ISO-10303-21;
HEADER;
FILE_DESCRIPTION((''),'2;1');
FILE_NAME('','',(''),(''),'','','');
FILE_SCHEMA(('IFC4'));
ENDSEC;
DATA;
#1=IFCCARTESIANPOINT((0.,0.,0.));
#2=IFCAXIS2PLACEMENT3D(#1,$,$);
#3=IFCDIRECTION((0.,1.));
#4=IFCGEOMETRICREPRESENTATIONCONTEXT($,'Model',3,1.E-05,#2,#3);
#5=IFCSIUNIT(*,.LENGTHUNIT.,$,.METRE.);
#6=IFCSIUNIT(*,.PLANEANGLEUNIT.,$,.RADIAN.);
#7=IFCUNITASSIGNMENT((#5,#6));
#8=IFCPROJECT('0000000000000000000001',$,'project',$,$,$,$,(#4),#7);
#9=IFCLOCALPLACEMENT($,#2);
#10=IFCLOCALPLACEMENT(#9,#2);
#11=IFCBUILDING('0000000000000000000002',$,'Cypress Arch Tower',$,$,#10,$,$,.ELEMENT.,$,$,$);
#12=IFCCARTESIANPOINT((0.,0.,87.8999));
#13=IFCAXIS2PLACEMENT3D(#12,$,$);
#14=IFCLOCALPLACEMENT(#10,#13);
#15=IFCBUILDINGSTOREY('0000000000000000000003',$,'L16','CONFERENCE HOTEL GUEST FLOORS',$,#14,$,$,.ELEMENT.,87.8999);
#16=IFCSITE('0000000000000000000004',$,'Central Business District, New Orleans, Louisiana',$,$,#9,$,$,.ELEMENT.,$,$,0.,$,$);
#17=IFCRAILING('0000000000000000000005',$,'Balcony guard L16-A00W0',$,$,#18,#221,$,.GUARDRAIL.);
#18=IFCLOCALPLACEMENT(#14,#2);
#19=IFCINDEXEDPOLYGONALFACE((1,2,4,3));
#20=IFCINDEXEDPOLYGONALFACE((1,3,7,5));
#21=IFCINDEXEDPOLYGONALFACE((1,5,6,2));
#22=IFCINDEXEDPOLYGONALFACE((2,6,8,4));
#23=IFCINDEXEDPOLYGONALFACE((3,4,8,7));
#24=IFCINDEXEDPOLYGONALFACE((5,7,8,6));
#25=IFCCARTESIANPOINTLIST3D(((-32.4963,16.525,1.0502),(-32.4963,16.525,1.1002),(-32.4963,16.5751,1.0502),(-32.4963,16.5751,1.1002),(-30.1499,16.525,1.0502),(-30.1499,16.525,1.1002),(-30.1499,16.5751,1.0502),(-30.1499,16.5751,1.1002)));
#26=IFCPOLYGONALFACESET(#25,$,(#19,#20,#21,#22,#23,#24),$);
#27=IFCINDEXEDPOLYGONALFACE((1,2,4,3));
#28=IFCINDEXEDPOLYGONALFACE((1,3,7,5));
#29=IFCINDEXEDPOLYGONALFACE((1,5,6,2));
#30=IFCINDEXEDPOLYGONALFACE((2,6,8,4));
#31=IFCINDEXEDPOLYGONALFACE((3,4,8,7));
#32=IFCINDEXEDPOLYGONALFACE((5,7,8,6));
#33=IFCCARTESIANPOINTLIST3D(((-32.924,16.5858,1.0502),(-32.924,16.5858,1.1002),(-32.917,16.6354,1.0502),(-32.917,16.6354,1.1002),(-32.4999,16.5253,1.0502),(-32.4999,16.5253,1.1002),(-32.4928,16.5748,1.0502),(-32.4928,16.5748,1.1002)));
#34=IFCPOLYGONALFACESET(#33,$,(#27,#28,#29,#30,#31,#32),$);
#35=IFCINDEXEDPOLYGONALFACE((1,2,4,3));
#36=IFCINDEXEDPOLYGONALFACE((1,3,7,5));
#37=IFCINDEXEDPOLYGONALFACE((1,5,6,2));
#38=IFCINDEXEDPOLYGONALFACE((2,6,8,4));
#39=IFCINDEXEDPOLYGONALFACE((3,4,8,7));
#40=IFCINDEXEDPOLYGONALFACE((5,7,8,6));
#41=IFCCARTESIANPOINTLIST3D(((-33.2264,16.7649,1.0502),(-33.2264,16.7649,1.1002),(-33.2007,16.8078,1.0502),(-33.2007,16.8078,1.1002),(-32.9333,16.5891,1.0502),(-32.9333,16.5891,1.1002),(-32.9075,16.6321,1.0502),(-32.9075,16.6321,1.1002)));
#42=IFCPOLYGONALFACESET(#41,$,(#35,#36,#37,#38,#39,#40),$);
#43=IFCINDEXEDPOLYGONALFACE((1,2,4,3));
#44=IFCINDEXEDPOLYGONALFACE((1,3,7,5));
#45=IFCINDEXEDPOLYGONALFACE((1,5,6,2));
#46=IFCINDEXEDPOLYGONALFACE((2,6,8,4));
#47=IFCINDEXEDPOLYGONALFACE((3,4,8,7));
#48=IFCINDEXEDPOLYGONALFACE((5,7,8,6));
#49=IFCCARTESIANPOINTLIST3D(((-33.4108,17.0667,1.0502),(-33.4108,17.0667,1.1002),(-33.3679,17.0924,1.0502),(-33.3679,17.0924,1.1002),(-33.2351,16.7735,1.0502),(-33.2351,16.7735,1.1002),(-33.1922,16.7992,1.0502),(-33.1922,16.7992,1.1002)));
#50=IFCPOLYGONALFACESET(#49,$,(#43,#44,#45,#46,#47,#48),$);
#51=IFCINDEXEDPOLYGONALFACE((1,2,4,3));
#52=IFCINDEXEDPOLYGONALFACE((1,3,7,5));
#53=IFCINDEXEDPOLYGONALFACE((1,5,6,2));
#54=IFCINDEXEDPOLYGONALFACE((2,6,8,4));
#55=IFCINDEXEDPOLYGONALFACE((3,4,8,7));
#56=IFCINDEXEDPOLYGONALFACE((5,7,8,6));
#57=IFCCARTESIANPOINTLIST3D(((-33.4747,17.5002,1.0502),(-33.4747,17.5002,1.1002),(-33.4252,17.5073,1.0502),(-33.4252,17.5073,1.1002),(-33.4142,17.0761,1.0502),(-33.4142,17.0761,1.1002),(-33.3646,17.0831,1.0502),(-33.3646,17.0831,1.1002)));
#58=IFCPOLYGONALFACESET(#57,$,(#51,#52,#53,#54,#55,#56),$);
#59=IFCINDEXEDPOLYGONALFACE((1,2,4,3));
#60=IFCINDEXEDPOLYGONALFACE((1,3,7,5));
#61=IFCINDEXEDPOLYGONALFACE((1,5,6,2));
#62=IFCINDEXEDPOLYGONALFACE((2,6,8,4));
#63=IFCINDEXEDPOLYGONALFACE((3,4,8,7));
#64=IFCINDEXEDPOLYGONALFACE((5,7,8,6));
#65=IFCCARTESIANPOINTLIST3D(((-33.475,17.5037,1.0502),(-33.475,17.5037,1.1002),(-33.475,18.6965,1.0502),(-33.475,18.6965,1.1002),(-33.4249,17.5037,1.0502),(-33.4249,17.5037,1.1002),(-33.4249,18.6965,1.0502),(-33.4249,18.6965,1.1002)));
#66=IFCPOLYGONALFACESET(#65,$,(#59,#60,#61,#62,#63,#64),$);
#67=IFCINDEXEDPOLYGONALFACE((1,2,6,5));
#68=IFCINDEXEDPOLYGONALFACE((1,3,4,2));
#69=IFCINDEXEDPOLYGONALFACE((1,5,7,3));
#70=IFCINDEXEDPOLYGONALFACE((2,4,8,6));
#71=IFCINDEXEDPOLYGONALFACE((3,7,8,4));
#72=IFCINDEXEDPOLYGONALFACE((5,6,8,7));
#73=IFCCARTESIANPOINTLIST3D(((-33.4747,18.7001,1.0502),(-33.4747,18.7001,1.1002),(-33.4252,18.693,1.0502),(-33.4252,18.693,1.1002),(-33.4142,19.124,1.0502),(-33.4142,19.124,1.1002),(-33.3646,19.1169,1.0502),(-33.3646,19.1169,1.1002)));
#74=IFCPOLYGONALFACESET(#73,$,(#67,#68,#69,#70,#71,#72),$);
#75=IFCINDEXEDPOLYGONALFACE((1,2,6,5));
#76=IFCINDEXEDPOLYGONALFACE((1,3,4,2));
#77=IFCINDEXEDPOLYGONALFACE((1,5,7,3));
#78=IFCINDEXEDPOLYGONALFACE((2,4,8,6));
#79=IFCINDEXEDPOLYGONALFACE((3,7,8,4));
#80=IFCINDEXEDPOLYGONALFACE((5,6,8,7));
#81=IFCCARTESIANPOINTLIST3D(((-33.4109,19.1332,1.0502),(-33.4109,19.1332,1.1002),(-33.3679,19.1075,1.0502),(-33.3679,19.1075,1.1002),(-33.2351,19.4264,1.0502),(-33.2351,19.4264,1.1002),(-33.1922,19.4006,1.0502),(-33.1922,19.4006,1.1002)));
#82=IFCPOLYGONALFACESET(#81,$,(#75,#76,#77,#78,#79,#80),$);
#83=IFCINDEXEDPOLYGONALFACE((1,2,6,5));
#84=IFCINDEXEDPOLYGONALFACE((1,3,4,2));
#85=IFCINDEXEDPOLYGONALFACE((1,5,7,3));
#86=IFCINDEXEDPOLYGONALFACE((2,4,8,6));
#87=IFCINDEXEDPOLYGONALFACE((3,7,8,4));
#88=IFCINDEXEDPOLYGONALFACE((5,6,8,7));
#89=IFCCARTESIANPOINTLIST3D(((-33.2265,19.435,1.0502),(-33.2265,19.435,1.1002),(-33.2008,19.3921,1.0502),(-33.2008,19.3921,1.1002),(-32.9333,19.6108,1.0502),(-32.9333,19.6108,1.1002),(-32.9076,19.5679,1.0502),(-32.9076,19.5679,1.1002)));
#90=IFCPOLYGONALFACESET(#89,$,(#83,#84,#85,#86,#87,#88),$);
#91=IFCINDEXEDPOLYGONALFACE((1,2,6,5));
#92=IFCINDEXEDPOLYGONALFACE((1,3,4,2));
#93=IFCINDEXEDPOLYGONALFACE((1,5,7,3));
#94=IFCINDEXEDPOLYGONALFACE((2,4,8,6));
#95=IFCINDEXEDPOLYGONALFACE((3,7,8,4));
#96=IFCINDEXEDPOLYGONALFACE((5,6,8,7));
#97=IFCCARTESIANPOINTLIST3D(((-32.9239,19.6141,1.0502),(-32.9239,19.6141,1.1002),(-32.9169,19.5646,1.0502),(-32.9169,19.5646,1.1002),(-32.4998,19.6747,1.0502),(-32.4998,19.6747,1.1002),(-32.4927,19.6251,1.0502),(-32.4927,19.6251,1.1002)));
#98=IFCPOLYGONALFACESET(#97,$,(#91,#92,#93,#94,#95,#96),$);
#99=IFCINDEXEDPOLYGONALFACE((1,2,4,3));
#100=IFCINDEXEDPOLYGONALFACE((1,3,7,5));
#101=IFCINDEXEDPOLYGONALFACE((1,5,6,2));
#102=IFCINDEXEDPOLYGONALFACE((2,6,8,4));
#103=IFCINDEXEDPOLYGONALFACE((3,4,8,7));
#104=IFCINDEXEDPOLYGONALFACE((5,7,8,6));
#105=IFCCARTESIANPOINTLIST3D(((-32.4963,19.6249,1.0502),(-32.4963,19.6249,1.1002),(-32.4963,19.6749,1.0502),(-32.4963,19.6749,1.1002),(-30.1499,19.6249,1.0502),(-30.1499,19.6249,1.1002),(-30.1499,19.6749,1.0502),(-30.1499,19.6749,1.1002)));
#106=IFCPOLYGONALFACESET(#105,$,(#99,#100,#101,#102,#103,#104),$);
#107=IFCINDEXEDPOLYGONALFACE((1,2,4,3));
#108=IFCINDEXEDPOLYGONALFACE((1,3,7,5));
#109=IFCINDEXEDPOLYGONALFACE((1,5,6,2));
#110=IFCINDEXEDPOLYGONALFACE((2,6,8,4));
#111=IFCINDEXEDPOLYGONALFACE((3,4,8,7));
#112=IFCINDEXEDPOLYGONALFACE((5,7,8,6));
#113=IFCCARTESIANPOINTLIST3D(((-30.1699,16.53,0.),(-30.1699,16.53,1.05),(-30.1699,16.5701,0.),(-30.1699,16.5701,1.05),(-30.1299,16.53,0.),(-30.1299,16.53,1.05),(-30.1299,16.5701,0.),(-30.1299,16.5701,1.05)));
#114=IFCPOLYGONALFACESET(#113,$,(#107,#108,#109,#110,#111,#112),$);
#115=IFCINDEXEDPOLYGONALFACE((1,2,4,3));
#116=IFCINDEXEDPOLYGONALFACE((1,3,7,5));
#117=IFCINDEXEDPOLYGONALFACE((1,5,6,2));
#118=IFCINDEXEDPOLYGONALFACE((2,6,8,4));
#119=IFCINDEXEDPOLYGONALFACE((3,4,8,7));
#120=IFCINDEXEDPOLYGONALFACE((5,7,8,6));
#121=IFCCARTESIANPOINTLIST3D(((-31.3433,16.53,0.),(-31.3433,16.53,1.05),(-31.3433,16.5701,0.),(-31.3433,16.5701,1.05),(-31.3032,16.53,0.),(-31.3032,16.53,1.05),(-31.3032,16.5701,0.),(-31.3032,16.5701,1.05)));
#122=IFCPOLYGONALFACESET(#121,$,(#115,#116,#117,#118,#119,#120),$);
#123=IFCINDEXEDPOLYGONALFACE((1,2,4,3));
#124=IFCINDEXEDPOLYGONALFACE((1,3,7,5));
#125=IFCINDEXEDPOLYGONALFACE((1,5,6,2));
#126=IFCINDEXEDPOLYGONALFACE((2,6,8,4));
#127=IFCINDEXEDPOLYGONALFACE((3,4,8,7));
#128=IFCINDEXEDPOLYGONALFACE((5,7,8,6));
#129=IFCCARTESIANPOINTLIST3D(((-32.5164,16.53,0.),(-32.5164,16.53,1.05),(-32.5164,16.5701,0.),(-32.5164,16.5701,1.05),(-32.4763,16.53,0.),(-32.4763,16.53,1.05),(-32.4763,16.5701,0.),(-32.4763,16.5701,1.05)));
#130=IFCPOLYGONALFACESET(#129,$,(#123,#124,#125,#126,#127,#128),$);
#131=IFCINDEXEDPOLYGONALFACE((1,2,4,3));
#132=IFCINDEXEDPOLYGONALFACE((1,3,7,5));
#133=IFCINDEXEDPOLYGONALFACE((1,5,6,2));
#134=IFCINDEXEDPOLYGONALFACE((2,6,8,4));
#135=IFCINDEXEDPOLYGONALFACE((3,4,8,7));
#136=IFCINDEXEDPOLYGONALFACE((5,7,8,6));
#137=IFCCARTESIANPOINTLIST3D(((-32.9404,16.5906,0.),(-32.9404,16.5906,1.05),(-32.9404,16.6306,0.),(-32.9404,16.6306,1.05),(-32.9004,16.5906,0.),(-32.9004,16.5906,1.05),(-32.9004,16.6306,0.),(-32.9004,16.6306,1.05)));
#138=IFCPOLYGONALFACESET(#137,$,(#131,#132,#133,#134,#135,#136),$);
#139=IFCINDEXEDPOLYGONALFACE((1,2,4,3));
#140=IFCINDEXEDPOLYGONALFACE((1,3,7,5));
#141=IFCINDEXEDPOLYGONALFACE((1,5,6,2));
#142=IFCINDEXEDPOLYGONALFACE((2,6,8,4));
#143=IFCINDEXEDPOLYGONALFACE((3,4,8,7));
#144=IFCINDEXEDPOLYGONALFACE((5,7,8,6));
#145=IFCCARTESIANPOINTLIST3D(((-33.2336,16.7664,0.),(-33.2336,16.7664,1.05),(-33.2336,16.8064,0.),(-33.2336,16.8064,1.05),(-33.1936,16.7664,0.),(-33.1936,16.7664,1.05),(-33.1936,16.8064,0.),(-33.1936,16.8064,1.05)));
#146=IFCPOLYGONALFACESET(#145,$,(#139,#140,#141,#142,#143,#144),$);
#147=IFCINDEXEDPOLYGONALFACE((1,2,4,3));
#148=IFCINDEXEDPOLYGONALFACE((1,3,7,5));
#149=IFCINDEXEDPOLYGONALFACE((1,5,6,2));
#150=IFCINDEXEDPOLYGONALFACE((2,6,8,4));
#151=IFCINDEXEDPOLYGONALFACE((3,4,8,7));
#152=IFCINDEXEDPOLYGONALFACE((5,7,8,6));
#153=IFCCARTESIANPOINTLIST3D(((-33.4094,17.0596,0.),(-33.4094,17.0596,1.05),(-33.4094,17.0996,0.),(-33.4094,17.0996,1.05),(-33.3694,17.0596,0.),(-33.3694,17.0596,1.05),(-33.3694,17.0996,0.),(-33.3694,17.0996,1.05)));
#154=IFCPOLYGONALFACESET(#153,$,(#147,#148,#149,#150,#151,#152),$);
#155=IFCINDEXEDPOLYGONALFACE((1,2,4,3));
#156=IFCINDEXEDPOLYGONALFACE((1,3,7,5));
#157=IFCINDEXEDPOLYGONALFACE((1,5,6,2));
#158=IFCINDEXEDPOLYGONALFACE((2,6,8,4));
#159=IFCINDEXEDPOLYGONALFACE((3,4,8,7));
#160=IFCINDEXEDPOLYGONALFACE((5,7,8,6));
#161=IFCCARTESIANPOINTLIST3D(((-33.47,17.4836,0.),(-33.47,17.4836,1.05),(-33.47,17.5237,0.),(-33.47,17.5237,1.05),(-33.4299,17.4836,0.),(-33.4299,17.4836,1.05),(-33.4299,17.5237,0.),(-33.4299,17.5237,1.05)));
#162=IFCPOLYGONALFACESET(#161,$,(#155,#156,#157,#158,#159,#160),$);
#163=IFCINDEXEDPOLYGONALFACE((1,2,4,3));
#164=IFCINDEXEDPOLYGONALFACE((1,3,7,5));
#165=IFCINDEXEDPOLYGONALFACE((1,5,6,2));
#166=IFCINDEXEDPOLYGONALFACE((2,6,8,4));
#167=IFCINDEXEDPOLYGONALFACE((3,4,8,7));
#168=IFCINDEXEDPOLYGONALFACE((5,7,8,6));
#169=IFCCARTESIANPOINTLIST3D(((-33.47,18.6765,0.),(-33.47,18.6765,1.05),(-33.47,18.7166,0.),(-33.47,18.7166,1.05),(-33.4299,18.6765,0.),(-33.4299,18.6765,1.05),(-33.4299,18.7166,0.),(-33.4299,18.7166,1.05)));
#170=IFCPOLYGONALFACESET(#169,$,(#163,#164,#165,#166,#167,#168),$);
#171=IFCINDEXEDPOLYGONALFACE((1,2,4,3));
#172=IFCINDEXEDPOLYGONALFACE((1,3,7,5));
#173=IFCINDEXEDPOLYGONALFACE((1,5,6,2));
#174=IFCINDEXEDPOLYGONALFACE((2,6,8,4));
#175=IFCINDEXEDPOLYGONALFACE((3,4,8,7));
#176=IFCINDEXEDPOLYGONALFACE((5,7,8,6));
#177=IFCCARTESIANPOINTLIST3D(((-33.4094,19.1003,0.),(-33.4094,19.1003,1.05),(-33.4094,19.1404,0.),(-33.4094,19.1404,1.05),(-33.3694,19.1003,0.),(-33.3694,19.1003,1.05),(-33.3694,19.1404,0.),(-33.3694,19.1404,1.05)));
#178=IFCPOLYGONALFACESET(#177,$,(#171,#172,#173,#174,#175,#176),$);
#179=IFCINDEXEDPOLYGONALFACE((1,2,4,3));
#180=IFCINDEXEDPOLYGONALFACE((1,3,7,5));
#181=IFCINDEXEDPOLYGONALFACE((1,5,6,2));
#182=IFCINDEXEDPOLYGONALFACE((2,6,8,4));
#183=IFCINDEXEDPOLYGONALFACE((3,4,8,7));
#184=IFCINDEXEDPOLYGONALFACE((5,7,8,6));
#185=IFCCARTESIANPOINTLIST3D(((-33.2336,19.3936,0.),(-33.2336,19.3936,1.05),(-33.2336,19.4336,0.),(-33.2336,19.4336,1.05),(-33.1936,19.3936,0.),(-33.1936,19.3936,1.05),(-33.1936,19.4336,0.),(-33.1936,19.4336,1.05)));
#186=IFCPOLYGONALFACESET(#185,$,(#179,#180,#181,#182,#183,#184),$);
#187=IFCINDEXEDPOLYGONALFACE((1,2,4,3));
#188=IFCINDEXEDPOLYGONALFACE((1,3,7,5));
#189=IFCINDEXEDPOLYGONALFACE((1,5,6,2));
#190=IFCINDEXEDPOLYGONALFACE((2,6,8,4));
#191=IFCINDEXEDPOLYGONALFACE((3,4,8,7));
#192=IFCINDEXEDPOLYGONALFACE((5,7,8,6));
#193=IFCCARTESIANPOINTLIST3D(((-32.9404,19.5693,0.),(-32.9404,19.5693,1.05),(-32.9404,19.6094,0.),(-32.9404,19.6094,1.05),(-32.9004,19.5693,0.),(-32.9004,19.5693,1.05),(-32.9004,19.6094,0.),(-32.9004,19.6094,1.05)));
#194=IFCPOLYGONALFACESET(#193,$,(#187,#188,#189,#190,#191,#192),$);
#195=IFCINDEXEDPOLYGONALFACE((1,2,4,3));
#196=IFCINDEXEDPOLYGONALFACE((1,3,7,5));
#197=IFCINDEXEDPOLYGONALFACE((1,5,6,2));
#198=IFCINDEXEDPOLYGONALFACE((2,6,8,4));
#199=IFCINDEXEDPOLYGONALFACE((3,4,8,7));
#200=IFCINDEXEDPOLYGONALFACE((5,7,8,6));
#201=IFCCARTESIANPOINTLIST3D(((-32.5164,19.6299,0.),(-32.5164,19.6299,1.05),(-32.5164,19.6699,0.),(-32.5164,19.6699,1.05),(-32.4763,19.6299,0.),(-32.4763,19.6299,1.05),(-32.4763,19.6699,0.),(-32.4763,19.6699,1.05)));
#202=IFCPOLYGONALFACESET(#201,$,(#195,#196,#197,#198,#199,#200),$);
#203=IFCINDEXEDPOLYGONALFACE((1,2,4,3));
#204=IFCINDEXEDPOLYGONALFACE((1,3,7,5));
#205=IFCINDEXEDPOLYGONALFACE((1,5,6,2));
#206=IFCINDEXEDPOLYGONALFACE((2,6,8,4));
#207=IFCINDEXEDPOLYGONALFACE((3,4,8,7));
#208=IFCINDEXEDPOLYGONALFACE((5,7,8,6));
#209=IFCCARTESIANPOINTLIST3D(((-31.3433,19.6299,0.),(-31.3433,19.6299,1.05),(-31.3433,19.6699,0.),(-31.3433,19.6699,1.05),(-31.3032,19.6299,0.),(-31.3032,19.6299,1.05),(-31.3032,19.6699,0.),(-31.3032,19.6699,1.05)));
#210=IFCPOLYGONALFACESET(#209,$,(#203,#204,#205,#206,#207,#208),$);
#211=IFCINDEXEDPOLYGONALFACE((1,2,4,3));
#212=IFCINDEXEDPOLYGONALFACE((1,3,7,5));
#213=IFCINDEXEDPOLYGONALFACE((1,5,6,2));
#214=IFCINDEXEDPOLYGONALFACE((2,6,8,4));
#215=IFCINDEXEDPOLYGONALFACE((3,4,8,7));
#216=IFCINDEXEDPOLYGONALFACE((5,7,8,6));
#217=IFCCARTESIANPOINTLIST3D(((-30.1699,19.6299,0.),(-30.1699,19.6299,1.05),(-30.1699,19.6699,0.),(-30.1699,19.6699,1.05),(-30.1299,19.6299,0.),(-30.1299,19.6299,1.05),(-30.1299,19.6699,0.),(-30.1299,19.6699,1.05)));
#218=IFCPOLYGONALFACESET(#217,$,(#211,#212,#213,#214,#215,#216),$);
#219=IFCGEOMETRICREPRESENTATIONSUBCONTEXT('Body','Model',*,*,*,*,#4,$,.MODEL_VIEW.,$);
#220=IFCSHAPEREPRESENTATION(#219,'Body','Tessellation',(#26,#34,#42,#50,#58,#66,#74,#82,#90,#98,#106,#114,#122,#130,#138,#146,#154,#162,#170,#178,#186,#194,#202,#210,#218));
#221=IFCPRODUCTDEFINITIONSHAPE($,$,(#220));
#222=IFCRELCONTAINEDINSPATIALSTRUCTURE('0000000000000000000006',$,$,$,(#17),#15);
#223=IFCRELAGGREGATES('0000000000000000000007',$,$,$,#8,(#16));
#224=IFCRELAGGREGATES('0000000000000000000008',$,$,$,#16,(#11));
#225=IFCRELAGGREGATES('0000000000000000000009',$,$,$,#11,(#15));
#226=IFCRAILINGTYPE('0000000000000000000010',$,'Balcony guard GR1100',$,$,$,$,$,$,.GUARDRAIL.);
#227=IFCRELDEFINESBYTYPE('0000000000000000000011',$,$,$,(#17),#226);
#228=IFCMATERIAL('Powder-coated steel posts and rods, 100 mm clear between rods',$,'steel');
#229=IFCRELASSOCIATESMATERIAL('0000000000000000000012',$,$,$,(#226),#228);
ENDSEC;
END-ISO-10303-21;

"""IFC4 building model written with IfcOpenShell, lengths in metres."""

from ifc_helpers import new_model, si_unit, direction, frame, origin, origin_2d, place, context, subcontext, project, spatial, rectangle, extrude, material, type_object, element, save


model = new_model("IFC4")

# Units and contexts
model_context = context("Model", 3, precision=1e-05, world=origin(), true_north=direction((0.0, 1.0)))
body_context = subcontext(model_context, "Body", "Model", "MODEL_VIEW")
ifc_project = project(units=[si_unit("LENGTHUNIT", "METRE"), si_unit("PLANEANGLEUNIT", "RADIAN")], contexts=[model_context])

# Site, building, storey
site_placement = place(None, origin())
site = spatial("IfcSite", under=ifc_project, at=site_placement, Name="Central Business District, New Orleans, Louisiana", CompositionType="ELEMENT", RefElevation=0.0)
building_placement = place(site_placement, origin())
building = spatial("IfcBuilding", under=site, at=building_placement, Name="Cypress Arch Tower", CompositionType="ELEMENT")
storey_placement = place(building_placement, frame((0.0, 0.0, 87.8999)))
storey = spatial("IfcBuildingStorey", under=building, at=storey_placement, Name="L16", Description="CONFERENCE HOTEL GUEST FLOORS", CompositionType="ELEMENT", Elevation=87.8999)

# Railing
ifc_material_1 = material(Name="Powder-coated steel posts and rods, 100 mm clear between rods", Category="steel")
railing_type_1 = type_object("IfcRailingType", Name="Balcony guard GR1100", PredefinedType="GUARDRAIL", material=ifc_material_1)
railing_1_placement = place(storey_placement, frame((-30.1499, 16.55, 0.0)))
element("IfcRailing", 1, at=railing_1_placement, inside=storey, type_object=railing_type_1, Name="Balcony guard L16-A00W0", PredefinedType="GUARDRAIL", context=body_context, shape_type="SweptSolid", body=[
    extrude(rectangle(XDim=0.05, YDim=0.05, at=origin_2d()), frame((0.0, 0.0, 1.0752), z_axis=(-1.0, 0.0, 0.0), x_axis=(0.0, -1.0, 0.0)), (0.0, 0.0, 1.0), 2.3464),
    extrude(rectangle(XDim=0.05, YDim=0.05, at=origin_2d()), frame((-2.3464, 0.0, 1.0752), z_axis=(-0.989961, 0.141342, 0.0), x_axis=(-0.141342, -0.989961, 0.0)), (0.0, 0.0, 1.0), 0.4285),
    extrude(rectangle(XDim=0.05, YDim=0.05, at=origin_2d()), frame((-2.7705, 0.0605, 1.0752), z_axis=(-0.857682, 0.514181, 0.0), x_axis=(-0.514181, -0.857682, 0.0)), (0.0, 0.0, 1.0), 0.3418),
    extrude(rectangle(XDim=0.05, YDim=0.05, at=origin_2d()), frame((-3.0637, 0.2363, 1.0752), z_axis=(-0.514181, 0.857682, 0.0), x_axis=(-0.857682, -0.514181, 0.0)), (0.0, 0.0, 1.0), 0.3418),
    extrude(rectangle(XDim=0.05, YDim=0.05, at=origin_2d()), frame((-3.2395, 0.5295, 1.0752), z_axis=(-0.141342, 0.989961, 0.0), x_axis=(-0.989961, -0.141342, 0.0)), (0.0, 0.0, 1.0), 0.4285),
    extrude(rectangle(XDim=0.05, YDim=0.05, at=origin_2d()), frame((-3.3, 0.9536, 1.0752), z_axis=(0.0, 1.0, 0.0), x_axis=(-1.0, 0.0, 0.0)), (0.0, 0.0, 1.0), 1.1929),
    extrude(rectangle(XDim=0.05, YDim=0.05, at=origin_2d()), frame((-3.3, 2.1465, 1.0752), z_axis=(0.141421, 0.989949, 0.0), x_axis=(-0.989949, 0.141421, 0.0)), (0.0, 0.0, 1.0), 0.4282),
    extrude(rectangle(XDim=0.05, YDim=0.05, at=origin_2d()), frame((-3.2395, 2.5703, 1.0752), z_axis=(0.514181, 0.857682, 0.0), x_axis=(-0.857682, 0.514181, 0.0)), (0.0, 0.0, 1.0), 0.3418),
    extrude(rectangle(XDim=0.05, YDim=0.05, at=origin_2d()), frame((-3.0637, 2.8635, 1.0752), z_axis=(0.857682, 0.514181, 0.0), x_axis=(-0.514181, 0.857682, 0.0)), (0.0, 0.0, 1.0), 0.3418),
    extrude(rectangle(XDim=0.05, YDim=0.05, at=origin_2d()), frame((-2.7705, 3.0393, 1.0752), z_axis=(0.989961, 0.141342, 0.0), x_axis=(-0.141342, 0.989961, 0.0)), (0.0, 0.0, 1.0), 0.4285),
    extrude(rectangle(XDim=0.05, YDim=0.05, at=origin_2d()), frame((-2.3464, 3.0999, 1.0752), z_axis=(1.0, 0.0, 0.0), x_axis=(0.0, 1.0, 0.0)), (0.0, 0.0, 1.0), 2.3464),
    extrude(rectangle(XDim=0.04, YDim=0.04, at=origin_2d()), origin(), (0.0, 0.0, 1.0), 1.05),
    extrude(rectangle(XDim=0.04, YDim=0.04, at=origin_2d()), frame((-1.1733, 0.0, 0.0)), (0.0, 0.0, 1.0), 1.05),
    extrude(rectangle(XDim=0.04, YDim=0.04, at=origin_2d()), frame((-2.3464, 0.0, 0.0)), (0.0, 0.0, 1.0), 1.05),
    extrude(rectangle(XDim=0.04, YDim=0.04, at=origin_2d()), frame((-2.7705, 0.0605, 0.0)), (0.0, 0.0, 1.0), 1.05),
    extrude(rectangle(XDim=0.04, YDim=0.04, at=origin_2d()), frame((-3.0637, 0.2363, 0.0)), (0.0, 0.0, 1.0), 1.05),
    extrude(rectangle(XDim=0.04, YDim=0.04, at=origin_2d()), frame((-3.2395, 0.5295, 0.0)), (0.0, 0.0, 1.0), 1.05),
    extrude(rectangle(XDim=0.04, YDim=0.04, at=origin_2d()), frame((-3.3, 0.9536, 0.0)), (0.0, 0.0, 1.0), 1.05),
    extrude(rectangle(XDim=0.04, YDim=0.04, at=origin_2d()), frame((-3.3, 2.1465, 0.0)), (0.0, 0.0, 1.0), 1.05),
    extrude(rectangle(XDim=0.04, YDim=0.04, at=origin_2d()), frame((-3.2395, 2.5703, 0.0)), (0.0, 0.0, 1.0), 1.05),
    extrude(rectangle(XDim=0.04, YDim=0.04, at=origin_2d()), frame((-3.0637, 2.8635, 0.0)), (0.0, 0.0, 1.0), 1.05),
    extrude(rectangle(XDim=0.04, YDim=0.04, at=origin_2d()), frame((-2.7705, 3.0393, 0.0)), (0.0, 0.0, 1.0), 1.05),
    extrude(rectangle(XDim=0.04, YDim=0.04, at=origin_2d()), frame((-2.3464, 3.0999, 0.0)), (0.0, 0.0, 1.0), 1.05),
    extrude(rectangle(XDim=0.04, YDim=0.04, at=origin_2d()), frame((-1.1733, 3.0999, 0.0)), (0.0, 0.0, 1.0), 1.05),
    extrude(rectangle(XDim=0.04, YDim=0.04, at=origin_2d()), frame((0.0, 3.0999, 0.0)), (0.0, 0.0, 1.0), 1.05),
])

save(model, "model.ifc")
